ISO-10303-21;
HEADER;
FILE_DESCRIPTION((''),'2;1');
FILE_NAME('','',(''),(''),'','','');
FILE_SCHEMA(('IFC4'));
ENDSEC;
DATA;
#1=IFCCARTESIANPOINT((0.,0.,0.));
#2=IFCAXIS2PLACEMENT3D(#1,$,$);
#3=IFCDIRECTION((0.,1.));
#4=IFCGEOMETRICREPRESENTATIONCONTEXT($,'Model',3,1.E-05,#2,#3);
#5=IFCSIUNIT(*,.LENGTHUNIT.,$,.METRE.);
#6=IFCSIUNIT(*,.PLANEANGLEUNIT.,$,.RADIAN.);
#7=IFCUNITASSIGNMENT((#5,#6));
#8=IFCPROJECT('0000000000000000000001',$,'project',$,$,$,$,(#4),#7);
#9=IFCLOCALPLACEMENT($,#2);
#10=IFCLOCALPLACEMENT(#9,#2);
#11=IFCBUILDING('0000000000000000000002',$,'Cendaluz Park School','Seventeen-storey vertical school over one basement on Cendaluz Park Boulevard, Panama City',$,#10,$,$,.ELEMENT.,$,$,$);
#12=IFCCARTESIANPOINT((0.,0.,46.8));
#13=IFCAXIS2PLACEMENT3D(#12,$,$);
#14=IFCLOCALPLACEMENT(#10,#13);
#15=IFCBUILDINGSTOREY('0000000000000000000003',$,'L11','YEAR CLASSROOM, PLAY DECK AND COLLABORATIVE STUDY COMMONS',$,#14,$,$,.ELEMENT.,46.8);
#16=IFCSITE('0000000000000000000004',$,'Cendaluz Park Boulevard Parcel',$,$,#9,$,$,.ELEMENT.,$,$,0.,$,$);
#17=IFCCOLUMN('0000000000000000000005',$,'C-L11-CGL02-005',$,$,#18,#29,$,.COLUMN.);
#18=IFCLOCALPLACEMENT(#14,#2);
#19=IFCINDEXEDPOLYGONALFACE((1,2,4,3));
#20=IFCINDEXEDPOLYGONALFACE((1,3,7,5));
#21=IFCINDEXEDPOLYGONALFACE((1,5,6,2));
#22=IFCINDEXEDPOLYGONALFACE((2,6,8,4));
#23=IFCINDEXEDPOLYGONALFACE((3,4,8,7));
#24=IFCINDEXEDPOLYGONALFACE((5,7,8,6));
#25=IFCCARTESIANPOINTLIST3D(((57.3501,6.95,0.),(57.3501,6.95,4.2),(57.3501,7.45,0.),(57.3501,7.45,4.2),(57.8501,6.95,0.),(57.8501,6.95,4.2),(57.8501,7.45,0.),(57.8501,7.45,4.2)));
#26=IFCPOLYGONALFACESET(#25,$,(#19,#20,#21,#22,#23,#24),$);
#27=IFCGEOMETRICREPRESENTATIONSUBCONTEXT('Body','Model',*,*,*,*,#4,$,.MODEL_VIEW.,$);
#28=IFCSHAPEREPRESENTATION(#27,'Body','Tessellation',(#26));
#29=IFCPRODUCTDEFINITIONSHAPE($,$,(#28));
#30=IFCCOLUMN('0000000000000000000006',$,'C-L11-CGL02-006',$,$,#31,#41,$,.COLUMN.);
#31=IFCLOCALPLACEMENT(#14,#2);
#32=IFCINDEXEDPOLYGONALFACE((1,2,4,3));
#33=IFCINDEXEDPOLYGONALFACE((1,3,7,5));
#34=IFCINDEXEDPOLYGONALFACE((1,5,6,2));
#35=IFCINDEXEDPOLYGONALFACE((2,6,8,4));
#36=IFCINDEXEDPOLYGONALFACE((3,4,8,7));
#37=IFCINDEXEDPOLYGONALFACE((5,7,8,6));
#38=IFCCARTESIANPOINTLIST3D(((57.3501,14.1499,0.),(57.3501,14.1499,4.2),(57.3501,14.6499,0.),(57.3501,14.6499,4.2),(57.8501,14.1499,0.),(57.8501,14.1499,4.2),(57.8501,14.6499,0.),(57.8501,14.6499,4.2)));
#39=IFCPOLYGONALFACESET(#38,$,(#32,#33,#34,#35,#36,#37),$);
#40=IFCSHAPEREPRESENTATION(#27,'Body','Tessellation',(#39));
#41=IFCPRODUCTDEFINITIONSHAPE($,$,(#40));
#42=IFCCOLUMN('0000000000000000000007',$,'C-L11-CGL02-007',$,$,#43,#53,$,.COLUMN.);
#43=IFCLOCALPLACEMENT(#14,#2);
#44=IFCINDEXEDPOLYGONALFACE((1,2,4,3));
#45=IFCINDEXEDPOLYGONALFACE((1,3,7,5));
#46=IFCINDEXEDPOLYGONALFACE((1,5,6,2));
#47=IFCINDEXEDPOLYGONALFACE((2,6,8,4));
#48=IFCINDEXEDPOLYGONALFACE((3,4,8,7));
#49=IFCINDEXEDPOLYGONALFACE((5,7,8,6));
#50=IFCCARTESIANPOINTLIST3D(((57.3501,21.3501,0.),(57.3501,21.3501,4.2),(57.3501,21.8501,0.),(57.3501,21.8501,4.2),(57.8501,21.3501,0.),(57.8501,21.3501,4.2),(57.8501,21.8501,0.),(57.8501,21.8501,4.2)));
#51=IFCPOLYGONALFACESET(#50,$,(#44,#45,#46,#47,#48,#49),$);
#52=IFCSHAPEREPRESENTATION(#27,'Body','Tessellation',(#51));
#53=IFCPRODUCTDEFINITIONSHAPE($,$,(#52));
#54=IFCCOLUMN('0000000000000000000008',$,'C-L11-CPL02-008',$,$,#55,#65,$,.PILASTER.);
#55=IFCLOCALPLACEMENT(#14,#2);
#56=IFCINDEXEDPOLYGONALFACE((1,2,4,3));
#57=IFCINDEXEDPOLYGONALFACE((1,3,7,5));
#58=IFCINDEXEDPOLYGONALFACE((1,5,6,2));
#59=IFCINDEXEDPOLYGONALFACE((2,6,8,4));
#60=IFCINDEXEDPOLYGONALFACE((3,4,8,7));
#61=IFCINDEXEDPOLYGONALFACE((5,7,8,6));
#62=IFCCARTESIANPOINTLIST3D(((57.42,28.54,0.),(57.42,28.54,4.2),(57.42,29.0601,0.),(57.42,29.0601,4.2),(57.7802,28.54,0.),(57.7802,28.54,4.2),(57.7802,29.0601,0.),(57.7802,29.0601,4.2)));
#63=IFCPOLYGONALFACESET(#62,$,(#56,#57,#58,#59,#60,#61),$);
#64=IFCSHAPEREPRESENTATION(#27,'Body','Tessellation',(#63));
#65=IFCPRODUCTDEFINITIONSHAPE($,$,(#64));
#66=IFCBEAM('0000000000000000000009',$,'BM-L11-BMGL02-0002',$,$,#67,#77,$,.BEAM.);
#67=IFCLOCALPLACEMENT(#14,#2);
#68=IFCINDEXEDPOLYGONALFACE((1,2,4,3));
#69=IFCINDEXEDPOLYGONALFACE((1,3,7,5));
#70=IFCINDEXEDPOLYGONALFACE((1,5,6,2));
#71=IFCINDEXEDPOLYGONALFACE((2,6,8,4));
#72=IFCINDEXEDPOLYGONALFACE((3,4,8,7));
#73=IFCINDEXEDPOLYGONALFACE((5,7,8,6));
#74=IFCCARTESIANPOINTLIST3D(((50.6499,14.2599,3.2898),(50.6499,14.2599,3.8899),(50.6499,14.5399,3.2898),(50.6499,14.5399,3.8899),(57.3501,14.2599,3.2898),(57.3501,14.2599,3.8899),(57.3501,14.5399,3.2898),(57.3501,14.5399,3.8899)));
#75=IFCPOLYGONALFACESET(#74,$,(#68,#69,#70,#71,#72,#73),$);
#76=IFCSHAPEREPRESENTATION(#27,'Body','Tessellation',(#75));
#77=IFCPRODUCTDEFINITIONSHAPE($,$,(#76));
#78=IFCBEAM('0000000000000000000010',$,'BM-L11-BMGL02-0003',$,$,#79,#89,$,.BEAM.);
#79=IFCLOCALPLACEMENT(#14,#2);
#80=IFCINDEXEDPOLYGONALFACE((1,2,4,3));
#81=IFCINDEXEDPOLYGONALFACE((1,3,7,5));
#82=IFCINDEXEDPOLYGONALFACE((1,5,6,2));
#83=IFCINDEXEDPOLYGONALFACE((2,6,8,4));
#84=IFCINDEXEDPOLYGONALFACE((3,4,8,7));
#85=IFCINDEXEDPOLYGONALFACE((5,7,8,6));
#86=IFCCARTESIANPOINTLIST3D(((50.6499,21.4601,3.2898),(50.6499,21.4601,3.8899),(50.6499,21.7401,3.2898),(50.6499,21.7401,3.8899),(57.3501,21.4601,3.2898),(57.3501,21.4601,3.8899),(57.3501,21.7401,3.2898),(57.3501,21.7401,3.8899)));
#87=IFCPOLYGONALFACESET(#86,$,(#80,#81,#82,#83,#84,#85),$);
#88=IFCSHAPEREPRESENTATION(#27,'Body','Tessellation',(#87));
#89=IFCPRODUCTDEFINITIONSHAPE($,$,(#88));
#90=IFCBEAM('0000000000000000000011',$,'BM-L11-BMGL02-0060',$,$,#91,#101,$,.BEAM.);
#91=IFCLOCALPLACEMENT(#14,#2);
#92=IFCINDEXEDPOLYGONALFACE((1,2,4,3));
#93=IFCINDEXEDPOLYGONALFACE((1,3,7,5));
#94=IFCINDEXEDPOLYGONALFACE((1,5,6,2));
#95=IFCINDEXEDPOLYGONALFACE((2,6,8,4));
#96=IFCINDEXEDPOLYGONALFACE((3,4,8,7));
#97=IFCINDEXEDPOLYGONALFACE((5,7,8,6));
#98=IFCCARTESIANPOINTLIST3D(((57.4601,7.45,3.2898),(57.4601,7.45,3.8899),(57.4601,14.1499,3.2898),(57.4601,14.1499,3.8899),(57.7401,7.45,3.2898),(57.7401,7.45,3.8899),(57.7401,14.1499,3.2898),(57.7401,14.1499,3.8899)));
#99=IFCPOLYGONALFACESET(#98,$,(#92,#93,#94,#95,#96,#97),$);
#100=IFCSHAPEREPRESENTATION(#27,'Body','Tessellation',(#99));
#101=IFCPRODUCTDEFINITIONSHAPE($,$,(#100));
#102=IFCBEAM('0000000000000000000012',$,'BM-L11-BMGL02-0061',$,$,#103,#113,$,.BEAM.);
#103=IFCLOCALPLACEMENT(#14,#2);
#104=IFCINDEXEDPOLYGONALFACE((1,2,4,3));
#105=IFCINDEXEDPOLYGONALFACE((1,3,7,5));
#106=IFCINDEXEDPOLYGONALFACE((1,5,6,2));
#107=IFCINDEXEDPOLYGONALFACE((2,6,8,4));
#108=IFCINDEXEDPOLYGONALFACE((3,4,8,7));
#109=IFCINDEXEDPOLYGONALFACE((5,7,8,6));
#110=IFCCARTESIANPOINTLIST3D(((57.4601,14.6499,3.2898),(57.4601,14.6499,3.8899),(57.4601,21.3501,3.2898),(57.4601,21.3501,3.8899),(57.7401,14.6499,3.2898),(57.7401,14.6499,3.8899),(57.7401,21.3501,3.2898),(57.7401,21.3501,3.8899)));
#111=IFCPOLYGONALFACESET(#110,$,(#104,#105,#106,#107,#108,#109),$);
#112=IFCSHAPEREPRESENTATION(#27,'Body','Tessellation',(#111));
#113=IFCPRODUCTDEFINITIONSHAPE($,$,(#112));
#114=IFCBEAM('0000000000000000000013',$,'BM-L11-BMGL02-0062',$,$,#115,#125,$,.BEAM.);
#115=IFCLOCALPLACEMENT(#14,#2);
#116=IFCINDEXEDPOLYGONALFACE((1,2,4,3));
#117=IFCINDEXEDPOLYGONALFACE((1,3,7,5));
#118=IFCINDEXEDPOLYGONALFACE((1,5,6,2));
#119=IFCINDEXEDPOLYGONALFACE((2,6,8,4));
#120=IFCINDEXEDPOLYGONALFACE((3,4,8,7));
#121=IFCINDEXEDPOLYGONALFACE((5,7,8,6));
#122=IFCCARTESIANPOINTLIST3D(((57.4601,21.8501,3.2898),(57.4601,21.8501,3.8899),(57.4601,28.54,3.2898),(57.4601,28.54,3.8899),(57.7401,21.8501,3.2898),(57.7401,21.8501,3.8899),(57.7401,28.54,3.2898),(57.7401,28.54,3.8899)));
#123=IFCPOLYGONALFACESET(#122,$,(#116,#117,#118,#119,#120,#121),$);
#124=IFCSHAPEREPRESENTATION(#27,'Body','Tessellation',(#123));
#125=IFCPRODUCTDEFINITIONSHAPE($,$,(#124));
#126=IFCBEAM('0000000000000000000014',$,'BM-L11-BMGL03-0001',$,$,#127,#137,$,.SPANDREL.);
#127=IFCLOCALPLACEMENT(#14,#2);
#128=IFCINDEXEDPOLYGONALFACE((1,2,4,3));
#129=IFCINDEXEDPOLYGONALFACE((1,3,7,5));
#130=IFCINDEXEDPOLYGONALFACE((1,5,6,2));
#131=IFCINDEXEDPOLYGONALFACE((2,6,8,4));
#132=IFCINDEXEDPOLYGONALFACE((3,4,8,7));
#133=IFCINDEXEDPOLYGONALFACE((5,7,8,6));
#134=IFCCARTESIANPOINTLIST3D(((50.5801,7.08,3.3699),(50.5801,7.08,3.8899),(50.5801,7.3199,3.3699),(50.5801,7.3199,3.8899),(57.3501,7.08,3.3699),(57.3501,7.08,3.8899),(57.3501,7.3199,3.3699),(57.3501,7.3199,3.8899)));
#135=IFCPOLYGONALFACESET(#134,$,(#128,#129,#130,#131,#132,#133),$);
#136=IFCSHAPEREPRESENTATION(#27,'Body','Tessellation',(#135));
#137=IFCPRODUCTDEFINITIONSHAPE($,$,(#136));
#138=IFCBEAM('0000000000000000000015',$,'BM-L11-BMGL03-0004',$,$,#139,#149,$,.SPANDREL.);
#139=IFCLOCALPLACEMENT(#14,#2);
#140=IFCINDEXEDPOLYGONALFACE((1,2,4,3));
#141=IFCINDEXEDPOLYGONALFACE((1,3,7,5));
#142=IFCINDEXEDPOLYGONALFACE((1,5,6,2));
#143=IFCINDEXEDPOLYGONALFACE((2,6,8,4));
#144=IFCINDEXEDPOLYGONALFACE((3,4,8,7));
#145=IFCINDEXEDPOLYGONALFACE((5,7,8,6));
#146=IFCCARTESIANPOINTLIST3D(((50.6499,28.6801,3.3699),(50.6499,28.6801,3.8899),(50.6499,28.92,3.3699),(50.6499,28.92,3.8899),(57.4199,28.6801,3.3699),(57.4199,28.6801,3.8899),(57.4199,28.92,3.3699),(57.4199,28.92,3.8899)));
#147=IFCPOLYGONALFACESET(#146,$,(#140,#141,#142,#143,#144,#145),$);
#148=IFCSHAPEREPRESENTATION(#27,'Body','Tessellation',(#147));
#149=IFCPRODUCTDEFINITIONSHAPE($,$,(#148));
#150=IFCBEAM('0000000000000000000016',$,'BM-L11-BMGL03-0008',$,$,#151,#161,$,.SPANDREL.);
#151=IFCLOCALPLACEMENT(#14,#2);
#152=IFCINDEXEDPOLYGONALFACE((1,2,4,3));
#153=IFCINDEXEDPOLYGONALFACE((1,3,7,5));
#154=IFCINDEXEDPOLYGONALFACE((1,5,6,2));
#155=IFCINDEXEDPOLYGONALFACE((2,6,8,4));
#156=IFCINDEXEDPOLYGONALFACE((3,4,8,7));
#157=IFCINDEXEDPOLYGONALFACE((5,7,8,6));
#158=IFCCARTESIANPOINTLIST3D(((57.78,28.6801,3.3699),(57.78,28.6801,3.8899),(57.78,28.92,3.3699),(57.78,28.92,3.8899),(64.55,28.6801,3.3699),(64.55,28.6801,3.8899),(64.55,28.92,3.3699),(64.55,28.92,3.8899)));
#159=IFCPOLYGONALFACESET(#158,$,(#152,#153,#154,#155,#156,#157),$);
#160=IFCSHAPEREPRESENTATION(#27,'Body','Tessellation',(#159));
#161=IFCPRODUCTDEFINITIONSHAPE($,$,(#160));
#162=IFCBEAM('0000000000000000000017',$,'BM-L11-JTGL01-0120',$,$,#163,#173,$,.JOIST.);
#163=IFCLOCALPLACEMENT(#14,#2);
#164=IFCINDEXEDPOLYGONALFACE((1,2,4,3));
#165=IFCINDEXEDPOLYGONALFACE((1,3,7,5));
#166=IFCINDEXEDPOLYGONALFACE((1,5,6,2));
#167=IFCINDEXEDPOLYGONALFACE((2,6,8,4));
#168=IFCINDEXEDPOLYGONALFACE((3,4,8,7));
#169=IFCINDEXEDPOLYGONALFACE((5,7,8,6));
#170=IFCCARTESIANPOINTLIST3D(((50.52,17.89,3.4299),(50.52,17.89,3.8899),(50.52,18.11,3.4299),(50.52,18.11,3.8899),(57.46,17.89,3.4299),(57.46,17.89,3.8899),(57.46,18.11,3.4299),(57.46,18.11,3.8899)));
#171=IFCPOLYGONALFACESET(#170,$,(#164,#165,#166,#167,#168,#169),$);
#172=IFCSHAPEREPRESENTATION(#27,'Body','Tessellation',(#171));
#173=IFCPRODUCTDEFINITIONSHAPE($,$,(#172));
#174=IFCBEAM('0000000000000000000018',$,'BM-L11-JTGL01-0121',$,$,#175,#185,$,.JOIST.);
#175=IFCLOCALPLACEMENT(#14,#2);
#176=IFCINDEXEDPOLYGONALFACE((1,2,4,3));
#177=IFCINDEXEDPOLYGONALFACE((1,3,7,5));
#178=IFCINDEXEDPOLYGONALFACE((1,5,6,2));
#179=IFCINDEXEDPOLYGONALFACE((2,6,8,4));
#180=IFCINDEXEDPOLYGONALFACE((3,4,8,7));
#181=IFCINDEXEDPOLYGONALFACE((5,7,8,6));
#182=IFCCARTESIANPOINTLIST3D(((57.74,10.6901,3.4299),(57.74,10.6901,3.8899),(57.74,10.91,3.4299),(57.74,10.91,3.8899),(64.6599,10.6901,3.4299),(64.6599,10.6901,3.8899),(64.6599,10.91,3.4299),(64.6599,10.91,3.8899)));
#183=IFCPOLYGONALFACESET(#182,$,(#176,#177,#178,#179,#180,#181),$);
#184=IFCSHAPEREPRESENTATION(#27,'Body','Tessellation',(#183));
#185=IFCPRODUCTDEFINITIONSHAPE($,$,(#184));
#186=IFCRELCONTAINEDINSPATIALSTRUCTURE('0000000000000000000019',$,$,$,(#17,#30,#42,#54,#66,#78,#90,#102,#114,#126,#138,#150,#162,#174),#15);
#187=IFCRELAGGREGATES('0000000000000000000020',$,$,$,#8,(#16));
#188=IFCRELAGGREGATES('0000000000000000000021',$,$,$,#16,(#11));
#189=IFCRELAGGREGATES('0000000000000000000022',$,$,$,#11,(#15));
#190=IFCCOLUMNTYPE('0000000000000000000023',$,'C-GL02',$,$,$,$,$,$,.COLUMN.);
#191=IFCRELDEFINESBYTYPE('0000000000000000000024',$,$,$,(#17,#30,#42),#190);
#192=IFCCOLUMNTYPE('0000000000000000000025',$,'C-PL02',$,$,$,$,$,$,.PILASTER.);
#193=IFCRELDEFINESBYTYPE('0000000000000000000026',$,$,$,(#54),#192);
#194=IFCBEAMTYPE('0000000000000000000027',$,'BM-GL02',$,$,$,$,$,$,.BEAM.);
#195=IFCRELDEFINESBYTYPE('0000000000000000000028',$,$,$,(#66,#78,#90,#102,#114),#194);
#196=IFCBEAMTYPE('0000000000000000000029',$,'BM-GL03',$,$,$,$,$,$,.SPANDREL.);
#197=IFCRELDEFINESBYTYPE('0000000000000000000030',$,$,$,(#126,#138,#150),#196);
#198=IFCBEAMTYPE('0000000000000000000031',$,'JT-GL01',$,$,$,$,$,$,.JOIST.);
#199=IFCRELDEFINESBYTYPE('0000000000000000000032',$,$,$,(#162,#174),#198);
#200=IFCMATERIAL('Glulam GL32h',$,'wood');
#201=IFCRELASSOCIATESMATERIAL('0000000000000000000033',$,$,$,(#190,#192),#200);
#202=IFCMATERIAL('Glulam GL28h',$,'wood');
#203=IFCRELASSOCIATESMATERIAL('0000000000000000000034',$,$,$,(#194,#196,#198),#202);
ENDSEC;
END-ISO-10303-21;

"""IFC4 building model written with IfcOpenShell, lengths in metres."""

from ifc_helpers import new_model, si_unit, direction, frame, origin, origin_2d, place, context, subcontext, project, spatial, rectangle, extrude, material, material_profile, profile_set, type_object, element, save


model = new_model("IFC4")

# Units and contexts
model_context = context("Model", 3, precision=1e-05, world=origin(), true_north=direction((0.0, 1.0)))
body_context = subcontext(model_context, "Body", "Model", "MODEL_VIEW")
ifc_project = project(units=[si_unit("LENGTHUNIT", "METRE"), si_unit("PLANEANGLEUNIT", "RADIAN")], contexts=[model_context])

# Site, building, storey
site_placement = place(None, origin())
site = spatial("IfcSite", under=ifc_project, at=site_placement, Name="Cendaluz Park Boulevard Parcel", CompositionType="ELEMENT", RefElevation=0.0)
building_placement = place(site_placement, origin())
building = spatial("IfcBuilding", under=site, at=building_placement, Name="Cendaluz Park School", Description="Seventeen-storey vertical school over one basement on Cendaluz Park Boulevard, Panama City", CompositionType="ELEMENT")
storey_placement = place(building_placement, frame((0.0, 0.0, 46.8)))
storey = spatial("IfcBuildingStorey", under=building, at=storey_placement, Name="L11", Description="YEAR CLASSROOM, PLAY DECK AND COLLABORATIVE STUDY COMMONS", CompositionType="ELEMENT", Elevation=46.8)

# Columns
ifc_material_1 = material(Name="Glulam GL32h", Category="wood")
ifc_material_profile_1 = material_profile(ifc_material_1, rectangle(XDim=0.5, YDim=0.5, at=origin_2d()), Name="GL32h 500x500", Category="wood")
ifc_profile_set_1 = profile_set([ifc_material_profile_1], Name="Glulam GL32h")
column_type_1 = type_object("IfcColumnType", Name="C-GL02", PredefinedType="COLUMN", material=ifc_profile_set_1)
for number, where, z_axis, x_axis, name in (
    (1, (57.6001, 7.2, 0.0), (0.0, 0.0, 1.0), (1.0, 0.0, 0.0), "C-L11-CGL02-005"),
    (2, (57.6001, 14.3999, 0.0), (0.0, 0.0, 1.0), (1.0, 0.0, 0.0), "C-L11-CGL02-006"),
    (3, (57.6001, 21.6001, 0.0), (0.0, 0.0, 1.0), (1.0, 0.0, 0.0), "C-L11-CGL02-007"),
):
    element("IfcColumn", number, at=place(storey_placement, frame(where, z_axis=z_axis, x_axis=x_axis)), inside=storey, type_object=column_type_1, Name=name, PredefinedType="COLUMN", context=body_context, shape_type="SweptSolid", body=[
        extrude(rectangle(XDim=0.5, YDim=0.5, at=origin_2d()), origin(), (0.0, 0.0, 1.0), 4.2),
    ])
ifc_material_profile_2 = material_profile(ifc_material_1, rectangle(XDim=0.3601, YDim=0.52, at=origin_2d()), Name="GL32h 360x520", Category="wood")
ifc_profile_set_2 = profile_set([ifc_material_profile_2], Name="Glulam GL32h")
column_type_2 = type_object("IfcColumnType", Name="C-PL02", PredefinedType="PILASTER", material=ifc_profile_set_2)
column_placement = place(storey_placement, frame((57.6001, 28.8, 0.0), z_axis=(0.0, 0.0, 1.0), x_axis=(1.0, 0.0, 0.0)))
element("IfcColumn", 4, at=column_placement, inside=storey, type_object=column_type_2, Name="C-L11-CPL02-008", PredefinedType="PILASTER", context=body_context, shape_type="SweptSolid", body=[
    extrude(rectangle(XDim=0.3601, YDim=0.52, at=origin_2d()), origin(), (0.0, 0.0, 1.0), 4.2),
])

# Beams
ifc_material_2 = material(Name="Glulam GL28h", Category="wood")
ifc_material_profile_3 = material_profile(ifc_material_2, rectangle(XDim=0.28, YDim=0.6001, at=origin_2d()), Name="GL28h 280x600", Category="wood")
ifc_profile_set_3 = profile_set([ifc_material_profile_3], Name="Glulam GL28h")
beam_type_1 = type_object("IfcBeamType", Name="BM-GL02", PredefinedType="BEAM", material=ifc_profile_set_3)
for number, where, z_axis, x_axis, name in (
    (5, (50.6499, 14.3999, 3.5898), (1.0, 0.0, 0.0), (0.0, 1.0, 0.0), "BM-L11-BMGL02-0002"),
    (6, (50.6499, 21.6001, 3.5898), (1.0, 0.0, 0.0), (0.0, 1.0, 0.0), "BM-L11-BMGL02-0003"),
):
    element("IfcBeam", number, at=place(storey_placement, frame(where, z_axis=z_axis, x_axis=x_axis)), inside=storey, type_object=beam_type_1, Name=name, PredefinedType="BEAM", context=body_context, shape_type="SweptSolid", body=[
        extrude(rectangle(XDim=0.28, YDim=0.6001, at=origin_2d()), origin(), (0.0, 0.0, 1.0), 6.7002),
    ])
beam_1_placement = place(storey_placement, frame((57.6001, 7.45, 3.5898), z_axis=(0.0, 1.0, 0.0), x_axis=(-1.0, 0.0, 0.0)))
element("IfcBeam", 7, at=beam_1_placement, inside=storey, type_object=beam_type_1, Name="BM-L11-BMGL02-0060", PredefinedType="BEAM", context=body_context, shape_type="SweptSolid", body=[
    extrude(rectangle(XDim=0.28, YDim=0.6001, at=origin_2d()), origin(), (0.0, 0.0, 1.0), 6.7),
])
beam_2_placement = place(storey_placement, frame((57.6001, 14.6499, 3.5898), z_axis=(0.0, 1.0, 0.0), x_axis=(-1.0, 0.0, 0.0)))
element("IfcBeam", 8, at=beam_2_placement, inside=storey, type_object=beam_type_1, Name="BM-L11-BMGL02-0061", PredefinedType="BEAM", context=body_context, shape_type="SweptSolid", body=[
    extrude(rectangle(XDim=0.28, YDim=0.6001, at=origin_2d()), origin(), (0.0, 0.0, 1.0), 6.7002),
])
beam_3_placement = place(storey_placement, frame((57.6001, 21.8501, 3.5898), z_axis=(0.0, 1.0, 0.0), x_axis=(-1.0, 0.0, 0.0)))
element("IfcBeam", 9, at=beam_3_placement, inside=storey, type_object=beam_type_1, Name="BM-L11-BMGL02-0062", PredefinedType="BEAM", context=body_context, shape_type="SweptSolid", body=[
    extrude(rectangle(XDim=0.28, YDim=0.6001, at=origin_2d()), origin(), (0.0, 0.0, 1.0), 6.6899),
])
ifc_material_profile_4 = material_profile(ifc_material_2, rectangle(XDim=0.24, YDim=0.52, at=origin_2d()), Name="GL28h 240x520", Category="wood")
ifc_profile_set_4 = profile_set([ifc_material_profile_4], Name="Glulam GL28h")
beam_type_2 = type_object("IfcBeamType", Name="BM-GL03", PredefinedType="SPANDREL", material=ifc_profile_set_4)
for number, where, z_axis, x_axis, name in (
    (10, (50.5801, 7.2, 3.6299), (1.0, 0.0, 0.0), (0.0, 1.0, 0.0), "BM-L11-BMGL03-0001"),
    (11, (50.6499, 28.8, 3.6299), (1.0, 0.0, 0.0), (0.0, 1.0, 0.0), "BM-L11-BMGL03-0004"),
    (12, (57.78, 28.8, 3.6299), (1.0, 0.0, 0.0), (0.0, 1.0, 0.0), "BM-L11-BMGL03-0008"),
):
    element("IfcBeam", number, at=place(storey_placement, frame(where, z_axis=z_axis, x_axis=x_axis)), inside=storey, type_object=beam_type_2, Name=name, PredefinedType="SPANDREL", context=body_context, shape_type="SweptSolid", body=[
        extrude(rectangle(XDim=0.24, YDim=0.52, at=origin_2d()), origin(), (0.0, 0.0, 1.0), 6.77),
    ])
ifc_material_profile_5 = material_profile(ifc_material_2, rectangle(XDim=0.22, YDim=0.46, at=origin_2d()), Name="GL28h 220x460", Category="wood")
ifc_profile_set_5 = profile_set([ifc_material_profile_5], Name="Glulam GL28h")
beam_type_3 = type_object("IfcBeamType", Name="JT-GL01", PredefinedType="JOIST", material=ifc_profile_set_5)
beam_4_placement = place(storey_placement, frame((50.52, 18.0, 3.6599), z_axis=(1.0, 0.0, 0.0), x_axis=(0.0, 1.0, 0.0)))
element("IfcBeam", 13, at=beam_4_placement, inside=storey, type_object=beam_type_3, Name="BM-L11-JTGL01-0120", PredefinedType="JOIST", context=body_context, shape_type="SweptSolid", body=[
    extrude(rectangle(XDim=0.22, YDim=0.46, at=origin_2d()), origin(), (0.0, 0.0, 1.0), 6.9399),
])
beam_5_placement = place(storey_placement, frame((57.74, 10.8, 3.6599), z_axis=(1.0, 0.0, 0.0), x_axis=(0.0, 1.0, 0.0)))
element("IfcBeam", 14, at=beam_5_placement, inside=storey, type_object=beam_type_3, Name="BM-L11-JTGL01-0121", PredefinedType="JOIST", context=body_context, shape_type="SweptSolid", body=[
    extrude(rectangle(XDim=0.22, YDim=0.46, at=origin_2d()), origin(), (0.0, 0.0, 1.0), 6.9199),
])

save(model, "model.ifc")
